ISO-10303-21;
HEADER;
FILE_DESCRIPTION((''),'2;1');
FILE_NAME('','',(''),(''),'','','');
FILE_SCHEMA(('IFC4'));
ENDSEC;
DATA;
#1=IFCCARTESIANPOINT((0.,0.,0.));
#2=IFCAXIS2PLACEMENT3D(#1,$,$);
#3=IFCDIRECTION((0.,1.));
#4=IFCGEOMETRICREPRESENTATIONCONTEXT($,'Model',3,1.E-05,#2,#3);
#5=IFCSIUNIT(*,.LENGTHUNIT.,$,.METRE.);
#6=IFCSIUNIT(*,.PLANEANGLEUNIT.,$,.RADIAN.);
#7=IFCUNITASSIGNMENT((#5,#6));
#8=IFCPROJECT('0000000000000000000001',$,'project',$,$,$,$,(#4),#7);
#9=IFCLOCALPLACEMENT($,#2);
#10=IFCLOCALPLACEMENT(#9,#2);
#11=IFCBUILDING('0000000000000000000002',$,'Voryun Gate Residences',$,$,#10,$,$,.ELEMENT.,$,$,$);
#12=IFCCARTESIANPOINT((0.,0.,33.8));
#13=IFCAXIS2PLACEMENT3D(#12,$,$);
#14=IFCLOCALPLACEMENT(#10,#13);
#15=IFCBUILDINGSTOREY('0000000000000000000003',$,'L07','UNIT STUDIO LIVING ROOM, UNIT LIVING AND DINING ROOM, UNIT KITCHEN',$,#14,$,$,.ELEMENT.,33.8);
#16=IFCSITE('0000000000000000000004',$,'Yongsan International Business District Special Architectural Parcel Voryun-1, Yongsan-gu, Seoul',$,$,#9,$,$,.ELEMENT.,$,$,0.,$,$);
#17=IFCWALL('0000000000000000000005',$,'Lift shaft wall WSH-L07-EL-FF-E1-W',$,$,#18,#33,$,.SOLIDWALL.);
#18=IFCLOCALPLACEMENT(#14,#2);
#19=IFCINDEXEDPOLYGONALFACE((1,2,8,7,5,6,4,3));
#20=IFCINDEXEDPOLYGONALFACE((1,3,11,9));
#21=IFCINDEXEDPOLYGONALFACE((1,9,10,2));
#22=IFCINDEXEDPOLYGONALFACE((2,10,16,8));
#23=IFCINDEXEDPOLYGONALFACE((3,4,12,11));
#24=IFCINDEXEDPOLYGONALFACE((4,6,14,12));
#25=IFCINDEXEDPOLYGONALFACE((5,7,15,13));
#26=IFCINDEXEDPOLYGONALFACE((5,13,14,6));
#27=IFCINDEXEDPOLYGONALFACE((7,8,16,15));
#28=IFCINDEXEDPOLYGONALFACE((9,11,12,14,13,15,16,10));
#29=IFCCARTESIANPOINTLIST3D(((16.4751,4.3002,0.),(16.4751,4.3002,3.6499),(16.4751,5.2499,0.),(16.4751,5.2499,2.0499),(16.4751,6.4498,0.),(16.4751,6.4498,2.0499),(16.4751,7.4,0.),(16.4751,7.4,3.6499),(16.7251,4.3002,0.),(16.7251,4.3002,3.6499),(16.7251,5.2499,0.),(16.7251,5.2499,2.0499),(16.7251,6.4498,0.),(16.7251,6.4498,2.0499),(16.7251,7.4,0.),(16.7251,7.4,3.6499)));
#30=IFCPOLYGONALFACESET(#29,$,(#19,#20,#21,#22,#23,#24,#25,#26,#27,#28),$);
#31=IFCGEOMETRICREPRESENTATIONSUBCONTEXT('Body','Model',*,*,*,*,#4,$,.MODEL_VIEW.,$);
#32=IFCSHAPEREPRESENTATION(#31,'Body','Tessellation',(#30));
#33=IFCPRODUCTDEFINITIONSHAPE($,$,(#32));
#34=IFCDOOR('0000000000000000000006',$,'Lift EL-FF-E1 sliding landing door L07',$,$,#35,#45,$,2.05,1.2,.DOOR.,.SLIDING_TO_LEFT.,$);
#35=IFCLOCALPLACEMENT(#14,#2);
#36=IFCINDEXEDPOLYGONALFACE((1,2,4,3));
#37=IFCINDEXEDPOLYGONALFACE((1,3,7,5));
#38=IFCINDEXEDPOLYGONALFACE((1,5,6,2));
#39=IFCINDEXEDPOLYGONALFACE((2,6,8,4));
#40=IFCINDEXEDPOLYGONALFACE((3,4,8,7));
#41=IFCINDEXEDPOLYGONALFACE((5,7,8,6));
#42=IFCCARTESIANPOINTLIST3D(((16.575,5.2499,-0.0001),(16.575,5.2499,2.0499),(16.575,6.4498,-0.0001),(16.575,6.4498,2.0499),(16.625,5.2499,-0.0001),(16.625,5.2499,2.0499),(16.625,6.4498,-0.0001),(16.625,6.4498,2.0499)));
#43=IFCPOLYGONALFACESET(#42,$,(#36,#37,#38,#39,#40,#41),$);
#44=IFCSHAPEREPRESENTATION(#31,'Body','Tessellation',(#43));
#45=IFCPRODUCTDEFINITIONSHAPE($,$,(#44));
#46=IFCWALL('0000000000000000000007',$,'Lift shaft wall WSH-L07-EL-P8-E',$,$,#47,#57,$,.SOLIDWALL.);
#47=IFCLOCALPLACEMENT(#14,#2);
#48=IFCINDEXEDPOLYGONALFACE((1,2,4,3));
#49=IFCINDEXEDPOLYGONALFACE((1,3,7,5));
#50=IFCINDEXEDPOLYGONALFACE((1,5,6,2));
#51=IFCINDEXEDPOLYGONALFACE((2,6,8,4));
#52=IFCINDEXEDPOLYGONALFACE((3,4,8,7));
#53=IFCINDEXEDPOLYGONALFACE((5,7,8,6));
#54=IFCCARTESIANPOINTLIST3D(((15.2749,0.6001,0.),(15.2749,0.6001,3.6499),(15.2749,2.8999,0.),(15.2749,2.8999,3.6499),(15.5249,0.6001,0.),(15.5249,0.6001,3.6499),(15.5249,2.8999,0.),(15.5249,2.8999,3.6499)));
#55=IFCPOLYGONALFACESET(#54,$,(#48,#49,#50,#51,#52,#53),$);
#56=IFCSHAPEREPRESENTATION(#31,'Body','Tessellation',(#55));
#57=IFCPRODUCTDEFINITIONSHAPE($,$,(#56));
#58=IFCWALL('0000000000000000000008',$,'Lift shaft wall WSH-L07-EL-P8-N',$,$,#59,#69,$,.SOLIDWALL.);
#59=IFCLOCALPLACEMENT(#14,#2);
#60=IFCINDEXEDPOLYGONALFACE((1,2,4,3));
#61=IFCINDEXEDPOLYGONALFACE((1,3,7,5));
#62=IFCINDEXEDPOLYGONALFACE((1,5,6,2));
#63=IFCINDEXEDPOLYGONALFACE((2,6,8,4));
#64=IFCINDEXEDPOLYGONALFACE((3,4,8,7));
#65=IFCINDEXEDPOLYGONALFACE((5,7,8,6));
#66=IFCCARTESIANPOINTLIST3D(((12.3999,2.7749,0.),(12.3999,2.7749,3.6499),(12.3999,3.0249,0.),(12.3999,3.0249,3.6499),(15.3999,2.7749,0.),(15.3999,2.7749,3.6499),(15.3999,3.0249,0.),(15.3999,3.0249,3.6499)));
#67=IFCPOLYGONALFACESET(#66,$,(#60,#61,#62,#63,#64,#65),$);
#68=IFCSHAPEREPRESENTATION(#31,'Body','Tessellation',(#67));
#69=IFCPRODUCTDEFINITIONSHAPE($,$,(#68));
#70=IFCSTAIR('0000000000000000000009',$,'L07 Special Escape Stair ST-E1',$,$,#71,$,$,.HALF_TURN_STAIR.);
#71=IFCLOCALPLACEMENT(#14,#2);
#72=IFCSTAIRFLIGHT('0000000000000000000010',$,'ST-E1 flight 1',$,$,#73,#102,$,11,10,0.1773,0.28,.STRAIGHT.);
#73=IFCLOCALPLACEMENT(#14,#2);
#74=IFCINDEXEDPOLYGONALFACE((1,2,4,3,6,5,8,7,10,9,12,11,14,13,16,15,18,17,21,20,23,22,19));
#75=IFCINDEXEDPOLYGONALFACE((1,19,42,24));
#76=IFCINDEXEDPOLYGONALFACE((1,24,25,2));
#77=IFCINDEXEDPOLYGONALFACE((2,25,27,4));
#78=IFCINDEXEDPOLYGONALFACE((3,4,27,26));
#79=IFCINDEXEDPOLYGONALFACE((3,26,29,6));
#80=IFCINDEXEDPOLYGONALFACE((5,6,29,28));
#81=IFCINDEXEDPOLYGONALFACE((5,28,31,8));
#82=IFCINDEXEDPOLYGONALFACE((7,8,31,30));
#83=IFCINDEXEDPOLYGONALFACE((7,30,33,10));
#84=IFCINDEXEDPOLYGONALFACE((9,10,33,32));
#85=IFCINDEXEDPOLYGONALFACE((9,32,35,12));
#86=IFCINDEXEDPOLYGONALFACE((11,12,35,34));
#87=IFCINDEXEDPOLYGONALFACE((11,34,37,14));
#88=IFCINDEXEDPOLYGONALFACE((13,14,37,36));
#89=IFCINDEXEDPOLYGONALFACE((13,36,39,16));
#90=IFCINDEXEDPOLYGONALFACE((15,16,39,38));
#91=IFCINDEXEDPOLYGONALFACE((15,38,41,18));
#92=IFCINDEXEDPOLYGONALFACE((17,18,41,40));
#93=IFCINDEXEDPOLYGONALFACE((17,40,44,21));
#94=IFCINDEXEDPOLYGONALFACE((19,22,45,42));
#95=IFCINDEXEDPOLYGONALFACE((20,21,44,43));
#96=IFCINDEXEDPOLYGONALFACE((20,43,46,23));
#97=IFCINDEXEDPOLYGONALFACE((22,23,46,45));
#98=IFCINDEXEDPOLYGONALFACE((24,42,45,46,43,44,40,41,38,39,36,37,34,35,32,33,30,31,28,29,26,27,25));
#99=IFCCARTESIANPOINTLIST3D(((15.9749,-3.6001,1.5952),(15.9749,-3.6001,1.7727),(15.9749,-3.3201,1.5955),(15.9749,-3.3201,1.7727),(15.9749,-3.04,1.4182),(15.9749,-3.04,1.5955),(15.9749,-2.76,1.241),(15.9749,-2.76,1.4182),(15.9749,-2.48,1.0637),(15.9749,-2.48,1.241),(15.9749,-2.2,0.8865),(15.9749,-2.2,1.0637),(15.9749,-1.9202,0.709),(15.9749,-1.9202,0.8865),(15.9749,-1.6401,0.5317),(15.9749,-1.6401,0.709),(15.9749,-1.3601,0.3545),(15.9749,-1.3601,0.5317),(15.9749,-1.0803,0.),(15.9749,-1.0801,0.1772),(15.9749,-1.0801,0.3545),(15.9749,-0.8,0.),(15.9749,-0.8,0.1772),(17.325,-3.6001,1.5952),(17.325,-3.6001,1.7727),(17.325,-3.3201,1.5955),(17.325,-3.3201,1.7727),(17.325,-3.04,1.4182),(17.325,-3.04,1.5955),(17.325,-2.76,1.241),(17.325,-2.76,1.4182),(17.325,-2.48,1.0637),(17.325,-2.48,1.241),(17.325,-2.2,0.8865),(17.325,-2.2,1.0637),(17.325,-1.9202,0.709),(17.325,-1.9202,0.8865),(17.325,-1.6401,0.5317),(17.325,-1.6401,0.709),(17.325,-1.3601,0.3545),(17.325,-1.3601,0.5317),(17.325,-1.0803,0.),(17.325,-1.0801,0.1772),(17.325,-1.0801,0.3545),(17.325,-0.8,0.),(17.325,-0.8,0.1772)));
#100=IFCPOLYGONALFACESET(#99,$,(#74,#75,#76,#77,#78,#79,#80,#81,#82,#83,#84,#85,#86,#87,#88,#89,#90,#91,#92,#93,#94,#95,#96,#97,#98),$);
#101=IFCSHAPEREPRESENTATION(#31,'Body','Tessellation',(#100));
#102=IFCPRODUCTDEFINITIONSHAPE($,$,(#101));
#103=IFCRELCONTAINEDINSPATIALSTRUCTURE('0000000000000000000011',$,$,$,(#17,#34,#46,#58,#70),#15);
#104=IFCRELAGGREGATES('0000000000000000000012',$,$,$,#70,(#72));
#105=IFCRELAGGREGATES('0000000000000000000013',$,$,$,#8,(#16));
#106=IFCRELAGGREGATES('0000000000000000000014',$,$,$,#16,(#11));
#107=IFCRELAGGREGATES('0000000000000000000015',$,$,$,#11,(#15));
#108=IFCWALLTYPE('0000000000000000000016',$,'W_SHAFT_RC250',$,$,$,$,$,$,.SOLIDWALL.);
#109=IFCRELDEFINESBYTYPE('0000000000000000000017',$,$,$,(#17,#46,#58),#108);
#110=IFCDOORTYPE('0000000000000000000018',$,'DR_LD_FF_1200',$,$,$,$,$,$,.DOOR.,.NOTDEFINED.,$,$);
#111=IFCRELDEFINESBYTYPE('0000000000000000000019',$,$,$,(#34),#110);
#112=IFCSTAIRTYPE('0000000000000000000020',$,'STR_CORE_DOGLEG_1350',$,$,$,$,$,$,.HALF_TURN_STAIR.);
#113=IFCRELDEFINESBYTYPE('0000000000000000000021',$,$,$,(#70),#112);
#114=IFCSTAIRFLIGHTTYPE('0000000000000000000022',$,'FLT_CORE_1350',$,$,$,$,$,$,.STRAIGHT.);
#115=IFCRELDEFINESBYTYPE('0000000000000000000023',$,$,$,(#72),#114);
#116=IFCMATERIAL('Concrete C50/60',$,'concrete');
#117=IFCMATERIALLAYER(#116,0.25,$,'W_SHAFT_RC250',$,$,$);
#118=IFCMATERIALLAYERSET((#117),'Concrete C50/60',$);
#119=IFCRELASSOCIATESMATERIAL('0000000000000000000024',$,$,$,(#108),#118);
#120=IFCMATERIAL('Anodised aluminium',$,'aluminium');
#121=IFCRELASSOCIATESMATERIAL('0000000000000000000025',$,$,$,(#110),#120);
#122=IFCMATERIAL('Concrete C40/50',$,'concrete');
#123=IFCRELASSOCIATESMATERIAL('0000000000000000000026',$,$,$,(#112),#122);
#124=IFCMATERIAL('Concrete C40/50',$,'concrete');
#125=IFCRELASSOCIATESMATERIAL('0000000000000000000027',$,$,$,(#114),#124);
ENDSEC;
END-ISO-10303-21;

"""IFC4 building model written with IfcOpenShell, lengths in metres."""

from ifc_helpers import new_model, si_unit, direction, frame, frame_2d, origin, place, context, subcontext, project, spatial, polyline, rectangle, outline, extrude, material, layer, layer_set, type_object, element, fill, aggregate, save


model = new_model("IFC4")

# Units and contexts
model_context = context("Model", 3, precision=1e-05, world=origin(), true_north=direction((0.0, 1.0)))
body_context = subcontext(model_context, "Body", "Model", "MODEL_VIEW")
ifc_project = project(units=[si_unit("LENGTHUNIT", "METRE"), si_unit("PLANEANGLEUNIT", "RADIAN")], contexts=[model_context])

# Site, building, storey
site_placement = place(None, origin())
site = spatial("IfcSite", under=ifc_project, at=site_placement, Name="Yongsan International Business District Special Architectural Parcel Voryun-1, Yongsan-gu, Seoul", CompositionType="ELEMENT", RefElevation=0.0)
building_placement = place(site_placement, origin())
building = spatial("IfcBuilding", under=site, at=building_placement, Name="Voryun Gate Residences", CompositionType="ELEMENT")
storey_placement = place(building_placement, frame((0.0, 0.0, 33.8)))
storey = spatial("IfcBuildingStorey", under=building, at=storey_placement, Name="L07", Description="UNIT STUDIO LIVING ROOM, UNIT LIVING AND DINING ROOM, UNIT KITCHEN", CompositionType="ELEMENT", Elevation=33.8)

# Shared definitions
ifc_material_1 = material(Name="Concrete C50/60", Category="concrete")
ifc_layer_1 = layer(ifc_material_1, 0.25, Name="W_SHAFT_RC250")
ifc_layer_set_1 = layer_set([ifc_layer_1], Name="Concrete C50/60")
wall_type_1 = type_object("IfcWallType", Name="W_SHAFT_RC250", PredefinedType="SOLIDWALL", material=ifc_layer_set_1)

# Wall, opening, door
wall_1_placement = place(storey_placement, frame((16.6001, 7.3999, 0.0), z_axis=(0.0, 0.0, 1.0), x_axis=(0.0, -1.0, 0.0)))
wall_1 = element("IfcWall", 1, at=wall_1_placement, inside=storey, type_object=wall_type_1, Name="Lift shaft wall WSH-L07-EL-FF-E1-W", PredefinedType="SOLIDWALL", context=body_context, shape_type="SweptSolid", body=[
    extrude(rectangle(XDim=3.0999, YDim=0.25, at=frame_2d((1.5498, 0.0))), origin(), (0.0, 0.0, 1.0), 3.6499),
])
opening_1_placement = place(wall_1_placement, frame((0.95, 0.0, 0.0)))
opening_1 = element("IfcOpeningElement", 2, at=opening_1_placement, cuts=wall_1, PredefinedType="OPENING", context=body_context, shape_type="SweptSolid", body=[
    extrude(rectangle(XDim=1.2, YDim=2.05, at=frame_2d((0.6001, 1.0249))), frame((0.0, 0.135, 0.0), z_axis=(0.0, -1.0, 0.0), x_axis=(1.0, 0.0, 0.0)), (0.0, 0.0, 1.0), 0.27),
])
ifc_material_2 = material(Name="Anodised aluminium", Category="aluminium")
door_type_1 = type_object("IfcDoorType", Name="DR_LD_FF_1200", OperationType="NOTDEFINED", PredefinedType="DOOR", material=ifc_material_2)
door_1_placement = place(opening_1_placement, origin())
door_1 = element("IfcDoor", 3, at=door_1_placement, inside=storey, type_object=door_type_1, Name="Lift EL-FF-E1 sliding landing door L07", OperationType="SLIDING_TO_LEFT", OverallHeight=2.05, OverallWidth=1.2, PredefinedType="DOOR", context=body_context, shape_type="SweptSolid", body=[
    extrude(rectangle(XDim=1.2, YDim=2.05, at=frame_2d((0.6001, 1.0249))), frame((0.0, 0.0249, 0.0), z_axis=(0.0, -1.0, 0.0), x_axis=(1.0, 0.0, 0.0)), (0.0, 0.0, 1.0), 0.05),
])
fill(opening_1, door_1)

# Walls
wall_2_placement = place(storey_placement, frame((15.3999, 0.6001, 0.0), z_axis=(0.0, 0.0, 1.0), x_axis=(0.0, 1.0, 0.0)))
element("IfcWall", 4, at=wall_2_placement, inside=storey, type_object=wall_type_1, Name="Lift shaft wall WSH-L07-EL-P8-E", PredefinedType="SOLIDWALL", context=body_context, shape_type="SweptSolid", body=[
    extrude(rectangle(XDim=2.2998, YDim=0.25, at=frame_2d((1.1499, 0.0))), origin(), (0.0, 0.0, 1.0), 3.6499),
])
wall_3_placement = place(storey_placement, frame((15.3999, 2.8999, 0.0), z_axis=(0.0, 0.0, 1.0), x_axis=(-1.0, 0.0, 0.0)))
element("IfcWall", 5, at=wall_3_placement, inside=storey, type_object=wall_type_1, Name="Lift shaft wall WSH-L07-EL-P8-N", PredefinedType="SOLIDWALL", context=body_context, shape_type="SweptSolid", body=[
    extrude(rectangle(XDim=3.0, YDim=0.25, at=frame_2d((1.5, 0.0))), origin(), (0.0, 0.0, 1.0), 3.6499),
])

# Stair, stair flight
ifc_material_3 = material(Name="Concrete C40/50", Category="concrete")
stair_type = type_object("IfcStairType", Name="STR_CORE_DOGLEG_1350", PredefinedType="HALF_TURN_STAIR", material=ifc_material_3)
stair_placement = place(storey_placement, origin())
stair = element("IfcStair", 6, at=stair_placement, inside=storey, type_object=stair_type, Name="L07 Special Escape Stair ST-E1", PredefinedType="HALF_TURN_STAIR")
ifc_material_4 = material(Name="Concrete C40/50", Category="concrete")
stair_flight_type = type_object("IfcStairFlightType", Name="FLT_CORE_1350", PredefinedType="STRAIGHT", material=ifc_material_4)
stair_flight_placement = place(storey_placement, frame((16.6499, -0.8, 0.0), z_axis=(0.0, 0.0, 1.0), x_axis=(0.0, -1.0, 0.0)))
stair_flight = element("IfcStairFlight", 7, at=stair_flight_placement, type_object=stair_flight_type, Name="ST-E1 flight 1", NumberOfRisers=11, NumberOfTreads=10, PredefinedType="STRAIGHT", RiserHeight=0.1773, TreadLength=0.28, context=body_context, shape_type="SweptSolid", body=[
    extrude(outline(polyline([(0.0, 0.0), (0.0, 0.1772), (0.28, 0.1772), (0.28, 0.3545), (0.5601, 0.3545), (0.5601, 0.5317), (0.8401, 0.5317), (0.8401, 0.709), (1.1201, 0.709), (1.1201, 0.8865), (1.3999, 0.8865), (1.3999, 1.0637), (1.6799, 1.0637), (1.6799, 1.241), (1.96, 1.241), (1.96, 1.4182), (2.24, 1.4182), (2.24, 1.5955), (2.52, 1.5955), (2.52, 1.7727), (2.8, 1.7727), (2.8, 1.95), (2.8, 1.5952), (0.2803, 0.0), (0.0, 0.0)])), frame((0.0, 0.675, 0.0), z_axis=(0.0, -1.0, 0.0), x_axis=(1.0, 0.0, 0.0)), (0.0, 0.0, 1.0), 1.3501),
])
aggregate(stair, [stair_flight])

save(model, "model.ifc")
